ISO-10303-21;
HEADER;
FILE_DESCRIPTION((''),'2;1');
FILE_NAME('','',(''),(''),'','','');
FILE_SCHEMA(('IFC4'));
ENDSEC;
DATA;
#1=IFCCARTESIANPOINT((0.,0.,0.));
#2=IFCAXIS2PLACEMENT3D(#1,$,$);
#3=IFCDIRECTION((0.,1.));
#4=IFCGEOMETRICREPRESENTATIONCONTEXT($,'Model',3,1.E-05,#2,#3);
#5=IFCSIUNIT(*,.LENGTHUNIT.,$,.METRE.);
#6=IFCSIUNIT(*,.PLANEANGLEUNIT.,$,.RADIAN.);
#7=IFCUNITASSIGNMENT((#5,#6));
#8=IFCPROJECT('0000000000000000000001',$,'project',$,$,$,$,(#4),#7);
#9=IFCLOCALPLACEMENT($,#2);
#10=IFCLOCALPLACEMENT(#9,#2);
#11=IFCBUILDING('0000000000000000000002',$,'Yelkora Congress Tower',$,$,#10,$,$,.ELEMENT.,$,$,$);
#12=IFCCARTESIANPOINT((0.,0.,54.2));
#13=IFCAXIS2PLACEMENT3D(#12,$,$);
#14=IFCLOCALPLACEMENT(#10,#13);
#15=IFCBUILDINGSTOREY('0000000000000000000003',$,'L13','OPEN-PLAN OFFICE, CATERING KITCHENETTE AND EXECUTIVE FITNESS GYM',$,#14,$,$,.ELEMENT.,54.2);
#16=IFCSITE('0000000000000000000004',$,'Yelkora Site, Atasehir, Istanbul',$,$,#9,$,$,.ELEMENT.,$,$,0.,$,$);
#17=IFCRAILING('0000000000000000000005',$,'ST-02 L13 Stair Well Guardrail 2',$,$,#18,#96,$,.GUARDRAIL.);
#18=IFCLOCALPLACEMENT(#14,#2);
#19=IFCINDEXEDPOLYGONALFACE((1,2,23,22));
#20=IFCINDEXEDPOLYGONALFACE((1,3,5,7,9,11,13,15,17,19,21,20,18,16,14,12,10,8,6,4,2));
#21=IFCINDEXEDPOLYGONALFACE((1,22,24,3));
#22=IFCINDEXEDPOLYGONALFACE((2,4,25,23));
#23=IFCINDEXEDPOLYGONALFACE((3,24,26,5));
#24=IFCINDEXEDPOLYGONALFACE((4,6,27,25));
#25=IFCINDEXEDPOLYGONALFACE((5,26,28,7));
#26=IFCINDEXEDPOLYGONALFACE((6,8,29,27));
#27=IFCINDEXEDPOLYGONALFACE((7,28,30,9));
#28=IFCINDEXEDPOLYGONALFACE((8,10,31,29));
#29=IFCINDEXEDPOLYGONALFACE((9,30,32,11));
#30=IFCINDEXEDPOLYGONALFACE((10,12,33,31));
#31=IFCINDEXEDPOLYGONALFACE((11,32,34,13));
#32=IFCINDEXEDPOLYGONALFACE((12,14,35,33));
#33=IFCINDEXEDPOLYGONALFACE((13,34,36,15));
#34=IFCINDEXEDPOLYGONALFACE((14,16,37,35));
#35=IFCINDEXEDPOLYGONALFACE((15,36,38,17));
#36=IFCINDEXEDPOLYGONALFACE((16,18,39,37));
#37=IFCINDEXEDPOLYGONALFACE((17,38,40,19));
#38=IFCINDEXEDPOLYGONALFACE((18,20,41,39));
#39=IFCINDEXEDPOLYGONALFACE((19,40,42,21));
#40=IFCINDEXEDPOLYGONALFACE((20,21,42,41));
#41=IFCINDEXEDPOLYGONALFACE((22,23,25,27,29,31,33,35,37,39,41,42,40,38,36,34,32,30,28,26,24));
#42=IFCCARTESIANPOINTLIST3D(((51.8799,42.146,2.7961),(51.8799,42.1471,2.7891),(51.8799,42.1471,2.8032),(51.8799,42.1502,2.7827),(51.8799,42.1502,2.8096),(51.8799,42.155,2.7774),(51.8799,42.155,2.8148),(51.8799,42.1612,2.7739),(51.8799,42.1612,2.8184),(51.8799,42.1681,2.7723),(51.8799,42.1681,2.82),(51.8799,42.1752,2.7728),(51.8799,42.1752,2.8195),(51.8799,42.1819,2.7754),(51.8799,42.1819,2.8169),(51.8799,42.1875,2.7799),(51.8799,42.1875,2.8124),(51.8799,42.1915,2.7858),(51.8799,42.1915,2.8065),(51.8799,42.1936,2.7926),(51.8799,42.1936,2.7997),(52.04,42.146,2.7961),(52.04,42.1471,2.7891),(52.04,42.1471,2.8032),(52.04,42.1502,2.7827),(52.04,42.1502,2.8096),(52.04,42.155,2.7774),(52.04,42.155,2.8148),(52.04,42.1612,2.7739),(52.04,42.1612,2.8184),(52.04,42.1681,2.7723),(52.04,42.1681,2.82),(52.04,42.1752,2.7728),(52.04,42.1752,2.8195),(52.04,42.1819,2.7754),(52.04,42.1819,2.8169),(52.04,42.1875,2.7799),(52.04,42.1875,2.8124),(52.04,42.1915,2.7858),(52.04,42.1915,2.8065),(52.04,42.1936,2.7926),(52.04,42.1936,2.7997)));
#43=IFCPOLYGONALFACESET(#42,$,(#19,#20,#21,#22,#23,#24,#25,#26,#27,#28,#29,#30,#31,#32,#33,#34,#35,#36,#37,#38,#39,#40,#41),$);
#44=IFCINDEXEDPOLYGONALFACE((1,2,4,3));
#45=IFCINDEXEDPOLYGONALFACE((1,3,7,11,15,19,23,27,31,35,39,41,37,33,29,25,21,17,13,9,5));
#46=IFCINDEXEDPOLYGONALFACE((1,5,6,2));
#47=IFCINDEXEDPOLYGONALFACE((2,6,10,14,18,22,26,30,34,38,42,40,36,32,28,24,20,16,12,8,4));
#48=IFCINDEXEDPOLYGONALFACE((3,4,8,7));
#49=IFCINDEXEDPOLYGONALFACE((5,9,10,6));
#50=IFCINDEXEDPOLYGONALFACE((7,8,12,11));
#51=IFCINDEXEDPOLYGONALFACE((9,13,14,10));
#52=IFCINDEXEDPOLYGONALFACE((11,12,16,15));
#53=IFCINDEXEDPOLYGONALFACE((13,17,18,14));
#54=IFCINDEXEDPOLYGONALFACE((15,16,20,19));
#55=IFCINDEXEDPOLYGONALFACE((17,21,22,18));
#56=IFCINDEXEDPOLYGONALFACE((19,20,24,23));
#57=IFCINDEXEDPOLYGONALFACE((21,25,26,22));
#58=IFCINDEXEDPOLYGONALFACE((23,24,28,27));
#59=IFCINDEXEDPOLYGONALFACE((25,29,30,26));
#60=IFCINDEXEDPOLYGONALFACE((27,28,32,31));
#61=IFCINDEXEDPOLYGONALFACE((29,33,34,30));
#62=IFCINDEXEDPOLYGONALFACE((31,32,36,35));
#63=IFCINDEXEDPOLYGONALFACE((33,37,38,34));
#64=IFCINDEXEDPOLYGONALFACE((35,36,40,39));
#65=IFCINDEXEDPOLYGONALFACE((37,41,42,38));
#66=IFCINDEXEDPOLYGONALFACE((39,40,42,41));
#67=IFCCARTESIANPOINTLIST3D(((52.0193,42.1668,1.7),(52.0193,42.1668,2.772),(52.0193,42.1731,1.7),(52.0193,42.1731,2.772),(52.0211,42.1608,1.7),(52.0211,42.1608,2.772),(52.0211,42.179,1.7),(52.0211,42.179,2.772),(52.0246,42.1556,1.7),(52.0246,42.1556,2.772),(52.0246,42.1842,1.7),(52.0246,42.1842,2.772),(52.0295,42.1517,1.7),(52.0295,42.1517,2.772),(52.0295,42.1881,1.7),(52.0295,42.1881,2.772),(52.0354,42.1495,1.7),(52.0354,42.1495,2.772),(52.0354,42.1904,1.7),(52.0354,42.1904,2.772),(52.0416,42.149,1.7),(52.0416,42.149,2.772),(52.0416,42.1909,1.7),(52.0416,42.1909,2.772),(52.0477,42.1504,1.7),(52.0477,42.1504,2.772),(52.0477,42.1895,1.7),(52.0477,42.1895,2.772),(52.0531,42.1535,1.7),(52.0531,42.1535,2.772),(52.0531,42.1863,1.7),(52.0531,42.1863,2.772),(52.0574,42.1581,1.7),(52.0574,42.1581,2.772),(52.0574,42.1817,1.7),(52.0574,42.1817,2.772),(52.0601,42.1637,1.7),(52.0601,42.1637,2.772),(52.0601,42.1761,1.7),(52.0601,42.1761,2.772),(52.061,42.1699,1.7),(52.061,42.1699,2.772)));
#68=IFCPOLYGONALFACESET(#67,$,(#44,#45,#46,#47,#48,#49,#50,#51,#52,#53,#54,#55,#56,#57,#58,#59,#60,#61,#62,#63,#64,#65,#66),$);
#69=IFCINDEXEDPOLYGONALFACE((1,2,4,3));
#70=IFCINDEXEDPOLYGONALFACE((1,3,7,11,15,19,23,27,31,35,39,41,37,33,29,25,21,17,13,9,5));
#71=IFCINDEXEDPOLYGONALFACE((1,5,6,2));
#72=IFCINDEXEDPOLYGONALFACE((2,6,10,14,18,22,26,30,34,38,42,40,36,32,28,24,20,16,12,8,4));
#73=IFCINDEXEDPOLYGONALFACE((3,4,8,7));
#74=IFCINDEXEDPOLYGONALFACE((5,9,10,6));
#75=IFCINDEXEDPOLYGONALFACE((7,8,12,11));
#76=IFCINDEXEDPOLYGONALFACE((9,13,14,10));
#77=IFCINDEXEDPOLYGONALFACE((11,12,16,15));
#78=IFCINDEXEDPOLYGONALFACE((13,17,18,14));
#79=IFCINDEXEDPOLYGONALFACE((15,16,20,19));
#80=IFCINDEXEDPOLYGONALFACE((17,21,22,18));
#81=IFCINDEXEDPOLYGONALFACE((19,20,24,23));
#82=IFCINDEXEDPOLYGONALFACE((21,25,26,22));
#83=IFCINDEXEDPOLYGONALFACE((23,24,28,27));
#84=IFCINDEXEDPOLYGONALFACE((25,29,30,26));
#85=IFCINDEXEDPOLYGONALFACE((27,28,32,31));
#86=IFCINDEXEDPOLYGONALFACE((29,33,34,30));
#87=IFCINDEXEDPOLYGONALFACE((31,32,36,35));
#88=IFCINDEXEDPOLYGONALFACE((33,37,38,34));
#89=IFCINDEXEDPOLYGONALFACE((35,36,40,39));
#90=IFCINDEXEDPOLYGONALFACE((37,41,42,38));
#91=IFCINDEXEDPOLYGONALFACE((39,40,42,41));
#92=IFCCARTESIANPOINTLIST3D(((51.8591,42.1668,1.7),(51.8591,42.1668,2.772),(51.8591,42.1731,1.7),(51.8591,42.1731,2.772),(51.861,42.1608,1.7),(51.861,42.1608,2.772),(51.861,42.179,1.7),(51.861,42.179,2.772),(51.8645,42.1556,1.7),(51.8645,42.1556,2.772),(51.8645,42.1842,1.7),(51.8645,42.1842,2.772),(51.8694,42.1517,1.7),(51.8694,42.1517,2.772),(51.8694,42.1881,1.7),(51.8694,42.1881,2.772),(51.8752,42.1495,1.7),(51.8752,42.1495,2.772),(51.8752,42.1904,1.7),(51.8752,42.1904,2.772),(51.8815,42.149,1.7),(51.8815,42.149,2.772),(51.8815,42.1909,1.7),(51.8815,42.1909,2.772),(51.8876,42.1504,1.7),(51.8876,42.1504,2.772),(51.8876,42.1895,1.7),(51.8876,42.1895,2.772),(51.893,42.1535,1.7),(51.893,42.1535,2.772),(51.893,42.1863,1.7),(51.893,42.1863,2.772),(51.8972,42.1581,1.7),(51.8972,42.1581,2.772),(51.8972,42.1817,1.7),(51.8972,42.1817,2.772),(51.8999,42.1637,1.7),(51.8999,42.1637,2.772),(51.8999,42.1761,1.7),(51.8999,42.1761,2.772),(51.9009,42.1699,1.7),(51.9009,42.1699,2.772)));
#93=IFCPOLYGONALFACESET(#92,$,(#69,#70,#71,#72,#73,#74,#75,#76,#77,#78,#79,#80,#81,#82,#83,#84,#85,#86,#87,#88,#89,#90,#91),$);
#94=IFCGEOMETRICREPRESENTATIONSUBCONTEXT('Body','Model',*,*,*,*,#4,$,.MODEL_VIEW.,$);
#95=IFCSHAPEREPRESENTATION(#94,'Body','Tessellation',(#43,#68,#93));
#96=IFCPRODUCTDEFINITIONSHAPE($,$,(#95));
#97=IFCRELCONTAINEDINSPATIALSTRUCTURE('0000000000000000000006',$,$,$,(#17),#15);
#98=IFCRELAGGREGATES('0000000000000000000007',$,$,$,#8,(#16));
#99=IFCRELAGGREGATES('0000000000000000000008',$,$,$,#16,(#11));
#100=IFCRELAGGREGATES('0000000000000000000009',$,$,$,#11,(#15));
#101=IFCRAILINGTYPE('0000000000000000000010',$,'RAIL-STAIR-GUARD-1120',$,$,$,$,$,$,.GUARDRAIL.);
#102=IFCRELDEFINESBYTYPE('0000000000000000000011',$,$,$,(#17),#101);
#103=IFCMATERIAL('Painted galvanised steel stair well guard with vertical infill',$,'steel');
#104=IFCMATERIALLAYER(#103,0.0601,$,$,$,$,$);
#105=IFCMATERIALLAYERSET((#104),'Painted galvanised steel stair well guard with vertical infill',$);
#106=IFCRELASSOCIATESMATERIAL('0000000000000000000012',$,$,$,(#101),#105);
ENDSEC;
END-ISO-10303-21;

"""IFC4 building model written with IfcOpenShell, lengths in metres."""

from ifc_helpers import new_model, si_unit, direction, frame, origin, origin_2d, place, context, subcontext, project, spatial, circle, extrude, material, layer, layer_set, type_object, element, save


model = new_model("IFC4")

# Units and contexts
model_context = context("Model", 3, precision=1e-05, world=origin(), true_north=direction((0.0, 1.0)))
body_context = subcontext(model_context, "Body", "Model", "MODEL_VIEW")
ifc_project = project(units=[si_unit("LENGTHUNIT", "METRE"), si_unit("PLANEANGLEUNIT", "RADIAN")], contexts=[model_context])

# Site, building, storey
site_placement = place(None, origin())
site = spatial("IfcSite", under=ifc_project, at=site_placement, Name="Yelkora Site, Atasehir, Istanbul", CompositionType="ELEMENT", RefElevation=0.0)
building_placement = place(site_placement, origin())
building = spatial("IfcBuilding", under=site, at=building_placement, Name="Yelkora Congress Tower", CompositionType="ELEMENT")
storey_placement = place(building_placement, frame((0.0, 0.0, 54.2)))
storey = spatial("IfcBuildingStorey", under=building, at=storey_placement, Name="L13", Description="OPEN-PLAN OFFICE, CATERING KITCHENETTE AND EXECUTIVE FITNESS GYM", CompositionType="ELEMENT", Elevation=54.2)

# Railing
ifc_material_1 = material(Name="Painted galvanised steel stair well guard with vertical infill", Category="steel")
ifc_layer_1 = layer(ifc_material_1, 0.0601)
ifc_layer_set_1 = layer_set([ifc_layer_1], Name="Painted galvanised steel stair well guard with vertical infill")
railing_type_1 = type_object("IfcRailingType", Name="RAIL-STAIR-GUARD-1120", PredefinedType="GUARDRAIL", material=ifc_layer_set_1)
railing_1_placement = place(storey_placement, frame((52.04, 42.1699, 1.7)))
element("IfcRailing", 1, at=railing_1_placement, inside=storey, type_object=railing_type_1, Name="ST-02 L13 Stair Well Guardrail 2", PredefinedType="GUARDRAIL", context=body_context, shape_type="SweptSolid", body=[
    extrude(circle(Radius=0.0239, at=origin_2d()), frame((0.0, 0.0, 1.0962), z_axis=(-1.0, 0.0, 0.0), x_axis=(0.0, -1.0, 0.0)), (0.0, 0.0, 1.0), 0.1602),
    extrude(circle(Radius=0.021, at=origin_2d()), origin(), (0.0, 0.0, 1.0), 1.072),
    extrude(circle(Radius=0.021, at=origin_2d()), frame((-0.1602, 0.0, 0.0)), (0.0, 0.0, 1.0), 1.072),
])

save(model, "model.ifc")
